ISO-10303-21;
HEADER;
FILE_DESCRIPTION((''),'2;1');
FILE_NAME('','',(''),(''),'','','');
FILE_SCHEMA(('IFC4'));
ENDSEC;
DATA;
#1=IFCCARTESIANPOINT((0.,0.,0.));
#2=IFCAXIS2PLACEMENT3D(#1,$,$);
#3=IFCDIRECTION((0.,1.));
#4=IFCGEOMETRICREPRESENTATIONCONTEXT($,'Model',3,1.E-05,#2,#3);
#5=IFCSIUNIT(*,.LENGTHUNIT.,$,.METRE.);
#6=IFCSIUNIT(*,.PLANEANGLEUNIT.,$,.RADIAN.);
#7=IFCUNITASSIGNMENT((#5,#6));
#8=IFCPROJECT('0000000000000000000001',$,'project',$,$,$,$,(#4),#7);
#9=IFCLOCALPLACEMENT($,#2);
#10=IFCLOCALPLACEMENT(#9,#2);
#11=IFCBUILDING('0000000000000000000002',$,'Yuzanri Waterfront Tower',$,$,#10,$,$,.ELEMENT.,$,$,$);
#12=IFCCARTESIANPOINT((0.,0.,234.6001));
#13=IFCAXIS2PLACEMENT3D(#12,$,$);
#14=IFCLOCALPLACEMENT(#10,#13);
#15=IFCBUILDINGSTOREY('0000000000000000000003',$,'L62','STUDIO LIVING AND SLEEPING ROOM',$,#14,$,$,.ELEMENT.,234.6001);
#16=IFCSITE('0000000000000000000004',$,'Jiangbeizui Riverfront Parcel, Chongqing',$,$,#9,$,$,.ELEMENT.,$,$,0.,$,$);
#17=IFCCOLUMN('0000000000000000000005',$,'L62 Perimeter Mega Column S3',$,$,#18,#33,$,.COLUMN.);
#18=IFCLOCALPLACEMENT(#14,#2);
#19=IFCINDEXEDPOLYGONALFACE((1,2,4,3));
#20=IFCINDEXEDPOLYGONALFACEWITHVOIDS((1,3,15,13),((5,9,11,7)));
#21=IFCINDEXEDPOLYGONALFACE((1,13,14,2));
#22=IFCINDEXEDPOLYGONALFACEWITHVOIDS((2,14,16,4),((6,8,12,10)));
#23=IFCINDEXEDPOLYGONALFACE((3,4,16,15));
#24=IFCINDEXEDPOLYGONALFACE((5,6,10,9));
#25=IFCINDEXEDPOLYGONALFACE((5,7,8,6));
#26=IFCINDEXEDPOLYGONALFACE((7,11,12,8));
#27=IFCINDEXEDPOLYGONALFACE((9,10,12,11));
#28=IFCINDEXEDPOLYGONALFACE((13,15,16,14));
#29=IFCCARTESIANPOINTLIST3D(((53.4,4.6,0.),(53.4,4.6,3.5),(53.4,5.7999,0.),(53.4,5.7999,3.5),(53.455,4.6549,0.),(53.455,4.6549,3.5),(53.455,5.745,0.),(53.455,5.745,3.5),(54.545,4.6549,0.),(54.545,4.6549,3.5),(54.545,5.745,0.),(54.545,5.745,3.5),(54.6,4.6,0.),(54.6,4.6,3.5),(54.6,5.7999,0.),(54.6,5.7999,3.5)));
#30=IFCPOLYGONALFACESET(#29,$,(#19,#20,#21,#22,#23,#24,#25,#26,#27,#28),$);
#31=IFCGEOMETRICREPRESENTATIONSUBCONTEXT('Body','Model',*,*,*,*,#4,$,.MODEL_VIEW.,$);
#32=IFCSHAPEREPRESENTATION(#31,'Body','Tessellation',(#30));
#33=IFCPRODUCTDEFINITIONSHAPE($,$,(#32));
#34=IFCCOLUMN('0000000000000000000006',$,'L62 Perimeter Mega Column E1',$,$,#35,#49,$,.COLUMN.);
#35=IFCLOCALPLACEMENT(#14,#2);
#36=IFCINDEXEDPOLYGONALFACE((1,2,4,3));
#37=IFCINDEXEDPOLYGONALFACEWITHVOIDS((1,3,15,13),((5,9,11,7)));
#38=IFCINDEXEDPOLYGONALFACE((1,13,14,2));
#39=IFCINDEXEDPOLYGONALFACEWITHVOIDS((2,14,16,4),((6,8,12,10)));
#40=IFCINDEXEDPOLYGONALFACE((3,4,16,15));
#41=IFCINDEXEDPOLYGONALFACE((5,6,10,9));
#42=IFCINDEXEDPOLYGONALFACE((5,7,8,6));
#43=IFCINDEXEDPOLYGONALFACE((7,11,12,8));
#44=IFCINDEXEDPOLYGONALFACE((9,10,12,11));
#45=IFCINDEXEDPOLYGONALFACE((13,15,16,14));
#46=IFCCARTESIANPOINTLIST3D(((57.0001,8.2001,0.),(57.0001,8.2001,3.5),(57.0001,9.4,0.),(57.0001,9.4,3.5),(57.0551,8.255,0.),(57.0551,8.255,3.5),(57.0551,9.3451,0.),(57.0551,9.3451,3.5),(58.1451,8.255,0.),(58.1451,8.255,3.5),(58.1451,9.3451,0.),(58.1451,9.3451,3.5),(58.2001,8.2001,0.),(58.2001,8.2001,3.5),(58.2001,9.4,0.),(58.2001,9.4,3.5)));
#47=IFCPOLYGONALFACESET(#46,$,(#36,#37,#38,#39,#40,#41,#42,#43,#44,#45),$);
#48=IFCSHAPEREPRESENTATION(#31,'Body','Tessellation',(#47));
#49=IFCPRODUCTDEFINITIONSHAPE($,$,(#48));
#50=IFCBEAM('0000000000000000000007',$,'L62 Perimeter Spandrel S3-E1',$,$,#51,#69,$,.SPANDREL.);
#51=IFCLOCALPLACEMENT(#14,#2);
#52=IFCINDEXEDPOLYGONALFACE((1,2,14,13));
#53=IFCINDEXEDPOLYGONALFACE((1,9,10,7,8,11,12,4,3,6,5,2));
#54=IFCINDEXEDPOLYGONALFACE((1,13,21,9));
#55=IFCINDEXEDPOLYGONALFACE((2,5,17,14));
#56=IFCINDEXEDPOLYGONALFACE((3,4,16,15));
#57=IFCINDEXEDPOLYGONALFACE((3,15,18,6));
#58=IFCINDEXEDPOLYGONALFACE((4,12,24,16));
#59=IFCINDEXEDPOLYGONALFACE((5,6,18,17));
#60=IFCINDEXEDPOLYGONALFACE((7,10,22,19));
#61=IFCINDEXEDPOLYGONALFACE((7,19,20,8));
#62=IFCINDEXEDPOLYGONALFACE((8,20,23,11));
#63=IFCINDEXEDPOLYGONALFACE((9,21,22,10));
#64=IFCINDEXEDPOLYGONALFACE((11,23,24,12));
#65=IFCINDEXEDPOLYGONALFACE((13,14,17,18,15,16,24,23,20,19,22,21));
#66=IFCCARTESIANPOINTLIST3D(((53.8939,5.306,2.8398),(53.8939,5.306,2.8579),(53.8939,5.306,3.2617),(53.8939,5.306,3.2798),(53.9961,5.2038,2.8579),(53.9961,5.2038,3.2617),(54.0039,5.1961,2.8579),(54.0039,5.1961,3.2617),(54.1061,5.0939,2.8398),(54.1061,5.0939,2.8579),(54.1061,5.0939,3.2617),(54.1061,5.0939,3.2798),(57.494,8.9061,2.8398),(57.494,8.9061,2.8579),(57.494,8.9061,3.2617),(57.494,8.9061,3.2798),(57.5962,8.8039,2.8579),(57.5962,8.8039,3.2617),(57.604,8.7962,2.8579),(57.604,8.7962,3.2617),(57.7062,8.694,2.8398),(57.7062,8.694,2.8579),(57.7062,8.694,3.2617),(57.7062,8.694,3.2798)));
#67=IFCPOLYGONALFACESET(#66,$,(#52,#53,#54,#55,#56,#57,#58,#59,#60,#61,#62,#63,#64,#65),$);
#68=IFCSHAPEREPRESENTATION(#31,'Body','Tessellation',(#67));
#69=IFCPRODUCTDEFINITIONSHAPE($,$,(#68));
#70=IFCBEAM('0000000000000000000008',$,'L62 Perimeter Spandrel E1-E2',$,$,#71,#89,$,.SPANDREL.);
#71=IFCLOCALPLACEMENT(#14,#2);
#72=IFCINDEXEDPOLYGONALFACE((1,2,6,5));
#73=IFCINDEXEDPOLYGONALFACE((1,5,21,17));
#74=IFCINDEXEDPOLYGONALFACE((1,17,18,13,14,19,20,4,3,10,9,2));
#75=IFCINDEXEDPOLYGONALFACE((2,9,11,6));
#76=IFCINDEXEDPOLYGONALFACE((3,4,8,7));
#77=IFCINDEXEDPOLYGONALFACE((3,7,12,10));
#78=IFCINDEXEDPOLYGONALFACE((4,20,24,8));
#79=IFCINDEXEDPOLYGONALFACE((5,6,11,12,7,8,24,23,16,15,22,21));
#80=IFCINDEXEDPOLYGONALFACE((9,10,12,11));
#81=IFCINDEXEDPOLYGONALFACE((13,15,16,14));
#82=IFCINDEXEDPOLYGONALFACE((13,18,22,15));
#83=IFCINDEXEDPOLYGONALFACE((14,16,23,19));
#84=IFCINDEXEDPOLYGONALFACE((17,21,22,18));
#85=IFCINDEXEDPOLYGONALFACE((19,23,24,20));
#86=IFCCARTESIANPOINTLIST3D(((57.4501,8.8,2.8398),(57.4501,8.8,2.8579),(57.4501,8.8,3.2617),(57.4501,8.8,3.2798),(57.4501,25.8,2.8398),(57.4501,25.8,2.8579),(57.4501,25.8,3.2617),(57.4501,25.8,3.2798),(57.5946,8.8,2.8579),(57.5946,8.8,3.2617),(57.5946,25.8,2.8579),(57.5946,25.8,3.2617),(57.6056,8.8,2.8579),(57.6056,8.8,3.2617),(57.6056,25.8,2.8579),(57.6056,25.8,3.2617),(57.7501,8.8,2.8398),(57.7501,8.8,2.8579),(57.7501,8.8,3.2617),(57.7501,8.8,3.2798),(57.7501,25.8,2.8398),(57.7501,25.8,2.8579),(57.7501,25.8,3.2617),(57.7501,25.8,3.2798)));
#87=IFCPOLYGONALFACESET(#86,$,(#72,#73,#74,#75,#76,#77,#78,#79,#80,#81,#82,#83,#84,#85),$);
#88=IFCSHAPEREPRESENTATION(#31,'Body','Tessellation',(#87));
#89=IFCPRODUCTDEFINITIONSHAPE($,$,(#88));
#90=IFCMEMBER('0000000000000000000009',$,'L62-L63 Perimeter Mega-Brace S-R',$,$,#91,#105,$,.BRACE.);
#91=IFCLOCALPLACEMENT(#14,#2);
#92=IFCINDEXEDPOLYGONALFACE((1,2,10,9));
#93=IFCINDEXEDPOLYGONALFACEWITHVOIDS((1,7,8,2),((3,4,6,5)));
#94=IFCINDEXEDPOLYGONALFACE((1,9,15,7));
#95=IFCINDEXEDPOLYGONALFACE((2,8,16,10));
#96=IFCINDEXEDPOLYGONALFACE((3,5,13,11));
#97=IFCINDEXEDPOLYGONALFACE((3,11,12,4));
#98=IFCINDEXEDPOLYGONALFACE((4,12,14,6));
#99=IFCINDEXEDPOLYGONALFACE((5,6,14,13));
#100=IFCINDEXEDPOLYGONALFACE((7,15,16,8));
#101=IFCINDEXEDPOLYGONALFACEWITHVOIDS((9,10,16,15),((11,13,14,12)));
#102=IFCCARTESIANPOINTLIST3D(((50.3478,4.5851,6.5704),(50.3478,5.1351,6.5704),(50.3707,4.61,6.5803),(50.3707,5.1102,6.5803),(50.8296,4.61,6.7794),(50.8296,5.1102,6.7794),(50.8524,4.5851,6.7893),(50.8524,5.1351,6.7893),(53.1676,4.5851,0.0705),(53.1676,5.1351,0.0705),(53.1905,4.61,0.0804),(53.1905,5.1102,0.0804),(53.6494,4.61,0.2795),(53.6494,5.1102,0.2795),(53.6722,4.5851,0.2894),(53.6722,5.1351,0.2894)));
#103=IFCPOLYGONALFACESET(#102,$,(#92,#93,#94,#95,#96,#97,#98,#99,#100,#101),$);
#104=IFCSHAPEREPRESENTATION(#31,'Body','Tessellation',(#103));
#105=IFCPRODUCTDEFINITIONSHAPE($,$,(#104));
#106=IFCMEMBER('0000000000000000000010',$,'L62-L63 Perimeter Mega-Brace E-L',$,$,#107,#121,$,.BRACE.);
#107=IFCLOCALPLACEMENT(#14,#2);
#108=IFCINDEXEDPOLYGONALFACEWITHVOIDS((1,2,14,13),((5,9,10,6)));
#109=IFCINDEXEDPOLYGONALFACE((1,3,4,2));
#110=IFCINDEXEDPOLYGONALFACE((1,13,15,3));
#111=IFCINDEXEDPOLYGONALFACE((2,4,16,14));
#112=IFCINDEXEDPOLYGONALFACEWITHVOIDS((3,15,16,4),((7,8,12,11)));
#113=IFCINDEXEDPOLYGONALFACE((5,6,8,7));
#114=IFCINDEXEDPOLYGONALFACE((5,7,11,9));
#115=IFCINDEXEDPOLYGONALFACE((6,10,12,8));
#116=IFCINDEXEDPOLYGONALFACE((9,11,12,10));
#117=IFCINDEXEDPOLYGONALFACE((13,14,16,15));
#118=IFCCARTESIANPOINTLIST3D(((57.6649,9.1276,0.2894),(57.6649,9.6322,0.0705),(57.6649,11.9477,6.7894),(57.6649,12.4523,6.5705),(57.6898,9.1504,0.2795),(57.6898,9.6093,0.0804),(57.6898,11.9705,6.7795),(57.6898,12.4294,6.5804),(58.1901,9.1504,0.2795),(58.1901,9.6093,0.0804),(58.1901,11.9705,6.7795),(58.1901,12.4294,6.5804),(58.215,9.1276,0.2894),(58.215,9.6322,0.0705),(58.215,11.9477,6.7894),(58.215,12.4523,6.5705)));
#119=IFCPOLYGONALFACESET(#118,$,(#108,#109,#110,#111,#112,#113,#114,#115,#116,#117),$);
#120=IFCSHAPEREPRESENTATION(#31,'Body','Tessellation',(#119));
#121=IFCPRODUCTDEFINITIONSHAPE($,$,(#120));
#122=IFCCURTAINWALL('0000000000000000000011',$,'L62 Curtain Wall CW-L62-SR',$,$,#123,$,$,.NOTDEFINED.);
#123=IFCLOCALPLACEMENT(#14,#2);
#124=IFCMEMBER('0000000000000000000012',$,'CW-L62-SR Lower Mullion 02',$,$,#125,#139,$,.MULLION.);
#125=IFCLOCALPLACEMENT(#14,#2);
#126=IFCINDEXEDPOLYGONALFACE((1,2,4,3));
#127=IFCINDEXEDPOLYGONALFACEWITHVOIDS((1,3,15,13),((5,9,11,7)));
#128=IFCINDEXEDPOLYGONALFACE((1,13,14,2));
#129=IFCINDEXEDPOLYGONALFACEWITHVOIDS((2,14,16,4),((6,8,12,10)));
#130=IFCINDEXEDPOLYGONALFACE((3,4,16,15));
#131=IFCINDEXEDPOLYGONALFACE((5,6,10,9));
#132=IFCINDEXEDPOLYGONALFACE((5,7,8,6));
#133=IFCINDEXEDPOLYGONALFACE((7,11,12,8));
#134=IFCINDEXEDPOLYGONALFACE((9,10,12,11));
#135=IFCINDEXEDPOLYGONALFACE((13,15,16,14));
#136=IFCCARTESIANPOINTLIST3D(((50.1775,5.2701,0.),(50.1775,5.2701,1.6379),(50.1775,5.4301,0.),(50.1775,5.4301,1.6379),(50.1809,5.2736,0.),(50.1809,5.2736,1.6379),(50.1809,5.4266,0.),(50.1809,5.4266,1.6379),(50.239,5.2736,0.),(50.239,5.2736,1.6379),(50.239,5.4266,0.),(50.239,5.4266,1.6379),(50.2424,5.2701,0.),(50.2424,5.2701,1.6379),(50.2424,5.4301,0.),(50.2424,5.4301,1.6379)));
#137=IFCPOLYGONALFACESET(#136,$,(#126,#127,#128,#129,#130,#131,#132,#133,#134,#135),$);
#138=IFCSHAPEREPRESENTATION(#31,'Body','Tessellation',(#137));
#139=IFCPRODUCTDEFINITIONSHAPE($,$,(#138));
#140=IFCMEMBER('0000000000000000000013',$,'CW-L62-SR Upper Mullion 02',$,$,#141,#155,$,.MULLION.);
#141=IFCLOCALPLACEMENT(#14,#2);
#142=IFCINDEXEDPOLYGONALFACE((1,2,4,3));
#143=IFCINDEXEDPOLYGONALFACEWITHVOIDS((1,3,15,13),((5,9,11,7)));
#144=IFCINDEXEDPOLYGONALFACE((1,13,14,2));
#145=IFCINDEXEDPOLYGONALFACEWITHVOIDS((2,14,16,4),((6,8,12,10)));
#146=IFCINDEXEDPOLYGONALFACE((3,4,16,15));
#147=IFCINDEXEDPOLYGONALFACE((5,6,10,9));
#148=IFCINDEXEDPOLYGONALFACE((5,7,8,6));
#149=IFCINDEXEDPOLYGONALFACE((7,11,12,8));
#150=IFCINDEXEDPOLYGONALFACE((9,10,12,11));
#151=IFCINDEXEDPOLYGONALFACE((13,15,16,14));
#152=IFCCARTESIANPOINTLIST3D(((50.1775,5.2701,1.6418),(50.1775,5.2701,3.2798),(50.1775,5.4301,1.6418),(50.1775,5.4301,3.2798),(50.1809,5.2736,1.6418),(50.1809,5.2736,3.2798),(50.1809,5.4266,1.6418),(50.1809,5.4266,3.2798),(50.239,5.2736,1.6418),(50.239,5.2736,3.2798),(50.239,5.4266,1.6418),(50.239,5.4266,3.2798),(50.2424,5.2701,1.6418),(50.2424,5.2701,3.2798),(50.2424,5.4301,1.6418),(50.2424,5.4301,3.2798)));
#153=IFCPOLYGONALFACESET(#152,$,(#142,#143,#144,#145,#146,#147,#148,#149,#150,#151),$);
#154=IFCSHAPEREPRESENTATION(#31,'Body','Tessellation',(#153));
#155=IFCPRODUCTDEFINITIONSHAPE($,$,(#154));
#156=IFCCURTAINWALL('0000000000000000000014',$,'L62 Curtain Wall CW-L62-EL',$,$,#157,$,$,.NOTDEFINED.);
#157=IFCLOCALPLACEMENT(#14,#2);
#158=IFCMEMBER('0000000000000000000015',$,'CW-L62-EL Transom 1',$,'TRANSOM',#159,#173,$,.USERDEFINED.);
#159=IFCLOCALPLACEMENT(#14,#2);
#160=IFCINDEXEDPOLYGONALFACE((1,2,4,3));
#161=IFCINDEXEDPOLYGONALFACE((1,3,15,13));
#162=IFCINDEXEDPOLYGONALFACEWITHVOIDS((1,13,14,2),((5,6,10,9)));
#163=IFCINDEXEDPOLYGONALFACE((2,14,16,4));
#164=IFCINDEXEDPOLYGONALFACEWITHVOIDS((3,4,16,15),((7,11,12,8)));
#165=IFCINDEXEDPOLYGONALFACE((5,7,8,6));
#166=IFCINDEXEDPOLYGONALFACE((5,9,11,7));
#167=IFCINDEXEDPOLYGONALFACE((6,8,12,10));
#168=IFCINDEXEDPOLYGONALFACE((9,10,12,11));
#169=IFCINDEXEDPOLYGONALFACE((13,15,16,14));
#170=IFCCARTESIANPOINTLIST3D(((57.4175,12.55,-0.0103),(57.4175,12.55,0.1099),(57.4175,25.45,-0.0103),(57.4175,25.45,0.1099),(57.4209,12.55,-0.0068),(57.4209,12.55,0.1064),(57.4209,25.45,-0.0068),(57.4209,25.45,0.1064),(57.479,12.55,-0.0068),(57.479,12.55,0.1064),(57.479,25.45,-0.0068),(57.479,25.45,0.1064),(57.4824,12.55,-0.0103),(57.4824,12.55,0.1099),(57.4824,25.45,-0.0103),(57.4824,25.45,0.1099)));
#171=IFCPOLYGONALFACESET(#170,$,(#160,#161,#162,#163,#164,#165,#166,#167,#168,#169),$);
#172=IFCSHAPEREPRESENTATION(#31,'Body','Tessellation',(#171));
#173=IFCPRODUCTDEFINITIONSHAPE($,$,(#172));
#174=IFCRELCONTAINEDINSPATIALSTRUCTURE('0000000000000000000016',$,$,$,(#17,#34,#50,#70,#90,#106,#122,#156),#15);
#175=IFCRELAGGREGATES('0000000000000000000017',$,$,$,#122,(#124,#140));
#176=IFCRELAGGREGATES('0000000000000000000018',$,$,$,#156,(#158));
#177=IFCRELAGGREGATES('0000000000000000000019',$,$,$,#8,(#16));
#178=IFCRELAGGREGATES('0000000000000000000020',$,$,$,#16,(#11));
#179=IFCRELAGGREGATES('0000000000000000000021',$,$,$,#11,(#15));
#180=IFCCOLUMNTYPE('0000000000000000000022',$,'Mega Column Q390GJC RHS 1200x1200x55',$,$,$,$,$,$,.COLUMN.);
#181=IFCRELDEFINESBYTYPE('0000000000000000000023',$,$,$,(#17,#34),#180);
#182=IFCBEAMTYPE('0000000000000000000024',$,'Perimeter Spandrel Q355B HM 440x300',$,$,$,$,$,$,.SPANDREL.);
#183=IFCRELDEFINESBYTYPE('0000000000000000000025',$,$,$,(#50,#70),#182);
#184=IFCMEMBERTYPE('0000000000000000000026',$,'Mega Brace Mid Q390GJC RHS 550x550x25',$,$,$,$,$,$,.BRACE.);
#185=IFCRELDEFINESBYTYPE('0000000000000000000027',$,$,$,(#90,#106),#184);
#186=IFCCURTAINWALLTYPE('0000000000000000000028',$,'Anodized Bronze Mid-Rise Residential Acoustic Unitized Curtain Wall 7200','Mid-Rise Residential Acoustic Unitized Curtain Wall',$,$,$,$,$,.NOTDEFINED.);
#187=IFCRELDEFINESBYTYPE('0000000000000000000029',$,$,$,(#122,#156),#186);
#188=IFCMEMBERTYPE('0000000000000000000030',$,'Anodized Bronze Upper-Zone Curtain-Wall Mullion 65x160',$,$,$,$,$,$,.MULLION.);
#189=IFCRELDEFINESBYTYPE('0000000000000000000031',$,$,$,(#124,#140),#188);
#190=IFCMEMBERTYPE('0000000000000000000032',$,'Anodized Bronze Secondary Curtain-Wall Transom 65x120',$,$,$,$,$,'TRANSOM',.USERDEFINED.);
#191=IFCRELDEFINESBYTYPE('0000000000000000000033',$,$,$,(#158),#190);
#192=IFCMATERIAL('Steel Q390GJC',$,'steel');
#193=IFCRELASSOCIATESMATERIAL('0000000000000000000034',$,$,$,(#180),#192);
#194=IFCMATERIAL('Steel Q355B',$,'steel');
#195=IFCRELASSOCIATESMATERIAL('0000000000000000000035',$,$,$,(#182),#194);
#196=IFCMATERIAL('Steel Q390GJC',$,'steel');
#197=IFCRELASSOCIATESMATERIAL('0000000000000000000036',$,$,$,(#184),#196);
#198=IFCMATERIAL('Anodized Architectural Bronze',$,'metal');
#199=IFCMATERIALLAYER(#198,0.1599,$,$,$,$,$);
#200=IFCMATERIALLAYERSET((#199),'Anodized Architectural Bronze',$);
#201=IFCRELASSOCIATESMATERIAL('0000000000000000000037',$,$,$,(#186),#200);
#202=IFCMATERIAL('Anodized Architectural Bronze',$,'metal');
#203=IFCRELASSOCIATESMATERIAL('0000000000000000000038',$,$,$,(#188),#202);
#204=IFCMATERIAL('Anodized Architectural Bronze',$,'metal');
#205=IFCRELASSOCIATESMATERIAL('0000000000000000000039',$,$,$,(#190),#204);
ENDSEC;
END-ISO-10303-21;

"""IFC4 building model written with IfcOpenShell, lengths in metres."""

from ifc_helpers import new_model, si_unit, direction, frame, origin, origin_2d, place, context, subcontext, project, spatial, hollow_rectangle, i_section, extrude, source, transform, mapped, material, layer, layer_set, material_profile, profile_set, type_object, element, aggregate, save


model = new_model("IFC4")

# Units and contexts
model_context = context("Model", 3, precision=1e-05, world=origin(), true_north=direction((0.0, 1.0)))
body_context = subcontext(model_context, "Body", "Model", "MODEL_VIEW")
ifc_project = project(units=[si_unit("LENGTHUNIT", "METRE"), si_unit("PLANEANGLEUNIT", "RADIAN")], contexts=[model_context])

# Site, building, storey
site_placement = place(None, origin())
site = spatial("IfcSite", under=ifc_project, at=site_placement, Name="Jiangbeizui Riverfront Parcel, Chongqing", CompositionType="ELEMENT", RefElevation=0.0)
building_placement = place(site_placement, origin())
building = spatial("IfcBuilding", under=site, at=building_placement, Name="Yuzanri Waterfront Tower", CompositionType="ELEMENT")
storey_placement = place(building_placement, frame((0.0, 0.0, 234.6001)))
storey = spatial("IfcBuildingStorey", under=building, at=storey_placement, Name="L62", Description="STUDIO LIVING AND SLEEPING ROOM", CompositionType="ELEMENT", Elevation=234.6001)

# Columns
ifc_material_1 = material(Name="Steel Q390GJC", Category="steel")
ifc_material_profile_1 = material_profile(ifc_material_1, hollow_rectangle(XDim=1.2, YDim=1.2, WallThickness=0.0549, at=origin_2d()), Name="RHS 1200x1200x55")
ifc_profile_set_1 = profile_set([ifc_material_profile_1], Name="Steel Q390GJC")
column_type = type_object("IfcColumnType", Name="Mega Column Q390GJC RHS 1200x1200x55", PredefinedType="COLUMN", material=ifc_profile_set_1)
shared_shape_1 = source(origin(), body_context, "Body", "SweptSolid", [
    extrude(hollow_rectangle(XDim=1.2, YDim=1.2, WallThickness=0.0549, at=origin_2d()), origin(), (0.0, 0.0, 1.0), 3.5),
])
for number, where, z_axis, x_axis, name in (
    (1, (54.0, 5.2, 0.0), (0.0, 0.0, 1.0), (1.0, 0.0, 0.0), "L62 Perimeter Mega Column S3"),
    (2, (57.6001, 8.8, 0.0), (0.0, 0.0, 1.0), (1.0, 0.0, 0.0), "L62 Perimeter Mega Column E1"),
):
    element("IfcColumn", number, at=place(storey_placement, frame(where, z_axis=z_axis, x_axis=x_axis)), inside=storey, type_object=column_type, Name=name, PredefinedType="COLUMN", context=body_context, shape_type="MappedRepresentation", body=[
        mapped(shared_shape_1, transform((0.0, 0.0, 0.0), scale=1.0)),
    ])

# Beams
ifc_material_2 = material(Name="Steel Q355B", Category="steel")
ifc_material_profile_2 = material_profile(ifc_material_2, i_section(OverallWidth=0.3, OverallDepth=0.4399, WebThickness=0.011, FlangeThickness=0.0181, at=origin_2d()), Name="HM 440x300x11x18")
ifc_profile_set_2 = profile_set([ifc_material_profile_2], Name="Steel Q355B")
beam_type = type_object("IfcBeamType", Name="Perimeter Spandrel Q355B HM 440x300", PredefinedType="SPANDREL", material=ifc_profile_set_2)
shared_shape_2 = source(origin(), body_context, "Body", "SweptSolid", [
    extrude(i_section(OverallWidth=0.3, OverallDepth=0.4399, WebThickness=0.011, FlangeThickness=0.0181, at=origin_2d()), origin(), (0.0, 0.0, 1.0), 5.0913),
])
beam_1_placement = place(storey_placement, frame((54.0, 5.2, 3.0598), z_axis=(0.707107, 0.707107, 0.0), x_axis=(-0.707107, 0.707107, 0.0)))
element("IfcBeam", 3, at=beam_1_placement, inside=storey, type_object=beam_type, Name="L62 Perimeter Spandrel S3-E1", PredefinedType="SPANDREL", context=body_context, shape_type="MappedRepresentation", body=[
    mapped(shared_shape_2, transform((0.0, 0.0, 0.0), scale=1.0)),
])
shared_shape_3 = source(origin(), body_context, "Body", "SweptSolid", [
    extrude(i_section(OverallWidth=0.3, OverallDepth=0.4399, WebThickness=0.011, FlangeThickness=0.0181, at=origin_2d()), origin(), (0.0, 0.0, 1.0), 17.0),
])
beam_2_placement = place(storey_placement, frame((57.6001, 8.8, 3.0598), z_axis=(0.0, 1.0, 0.0), x_axis=(-1.0, 0.0, 0.0)))
element("IfcBeam", 4, at=beam_2_placement, inside=storey, type_object=beam_type, Name="L62 Perimeter Spandrel E1-E2", PredefinedType="SPANDREL", context=body_context, shape_type="MappedRepresentation", body=[
    mapped(shared_shape_3, transform((0.0, 0.0, 0.0), scale=1.0)),
])

# Members
ifc_material_3 = material(Name="Steel Q390GJC", Category="steel")
ifc_material_profile_3 = material_profile(ifc_material_3, hollow_rectangle(XDim=0.55, YDim=0.55, WallThickness=0.0249, at=origin_2d()), Name="RHS 550x550x25")
ifc_profile_set_3 = profile_set([ifc_material_profile_3], Name="Steel Q390GJC")
member_type_1 = type_object("IfcMemberType", Name="Mega Brace Mid Q390GJC RHS 550x550x25", PredefinedType="BRACE", material=ifc_profile_set_3)
shared_shape_4 = source(origin(), body_context, "Body", "SweptSolid", [
    extrude(hollow_rectangle(XDim=0.55, YDim=0.55, WallThickness=0.0249, at=origin_2d()), origin(), (0.0, 0.0, 1.0), 7.0852),
])
member_1_placement = place(storey_placement, frame((53.4199, 4.8601, 0.1799), z_axis=(-0.397983, 0.0, 0.917393), x_axis=(0.0, -1.0, 0.0)))
element("IfcMember", 5, at=member_1_placement, inside=storey, type_object=member_type_1, Name="L62-L63 Perimeter Mega-Brace S-R", PredefinedType="BRACE", context=body_context, shape_type="MappedRepresentation", body=[
    mapped(shared_shape_4, transform((0.0, 0.0, 0.0), scale=1.0)),
])
shared_shape_5 = source(origin(), body_context, "Body", "SweptSolid", [
    extrude(hollow_rectangle(XDim=0.55, YDim=0.55, WallThickness=0.0249, at=origin_2d()), origin(), (0.0, 0.0, 1.0), 7.0854),
])
member_2_placement = place(storey_placement, frame((57.9399, 9.3799, 0.1799), z_axis=(0.0, 0.398012, 0.91738), x_axis=(-1.0, 0.0, 0.0)))
element("IfcMember", 6, at=member_2_placement, inside=storey, type_object=member_type_1, Name="L62-L63 Perimeter Mega-Brace E-L", PredefinedType="BRACE", context=body_context, shape_type="MappedRepresentation", body=[
    mapped(shared_shape_5, transform((0.0, 0.0, 0.0), scale=1.0)),
])

# Curtain walls, members
ifc_material_4 = material(Name="Anodized Architectural Bronze", Category="metal")
ifc_layer_1 = layer(ifc_material_4, 0.1599)
ifc_layer_set_1 = layer_set([ifc_layer_1], Name="Anodized Architectural Bronze")
curtain_wall_type = type_object("IfcCurtainWallType", Name="Anodized Bronze Mid-Rise Residential Acoustic Unitized Curtain Wall 7200", Description="Mid-Rise Residential Acoustic Unitized Curtain Wall", PredefinedType="NOTDEFINED", material=ifc_layer_set_1)
curtain_wall_1_placement = place(storey_placement, origin())
curtain_wall_1 = element("IfcCurtainWall", 7, at=curtain_wall_1_placement, inside=storey, type_object=curtain_wall_type, Name="L62 Curtain Wall CW-L62-SR", PredefinedType="NOTDEFINED")
ifc_material_5 = material(Name="Anodized Architectural Bronze", Category="metal")
ifc_material_profile_4 = material_profile(ifc_material_5, hollow_rectangle(XDim=0.0649, YDim=0.1599, WallThickness=0.0034, at=origin_2d()), Name="CWM 65x160")
ifc_profile_set_4 = profile_set([ifc_material_profile_4], Name="Anodized Architectural Bronze")
member_type_2 = type_object("IfcMemberType", Name="Anodized Bronze Upper-Zone Curtain-Wall Mullion 65x160", PredefinedType="MULLION", material=ifc_profile_set_4)
shared_shape_6 = source(origin(), body_context, "Body", "SweptSolid", [
    extrude(hollow_rectangle(XDim=0.0649, YDim=0.1599, WallThickness=0.0034, at=origin_2d()), origin(), (0.0, 0.0, 1.0), 1.6379),
])
member_3_placement = place(storey_placement, frame((50.21, 5.3501, 0.0), z_axis=(0.0, 0.0, 1.0), x_axis=(1.0, 0.0, 0.0)))
member_3 = element("IfcMember", 8, at=member_3_placement, type_object=member_type_2, Name="CW-L62-SR Lower Mullion 02", PredefinedType="MULLION", context=body_context, shape_type="MappedRepresentation", body=[
    mapped(shared_shape_6, transform((0.0, 0.0, 0.0), scale=1.0)),
])
member_4_placement = place(storey_placement, frame((50.21, 5.3501, 1.6418), z_axis=(0.0, 0.0, 1.0), x_axis=(1.0, 0.0, 0.0)))
member_4 = element("IfcMember", 9, at=member_4_placement, type_object=member_type_2, Name="CW-L62-SR Upper Mullion 02", PredefinedType="MULLION", context=body_context, shape_type="MappedRepresentation", body=[
    mapped(shared_shape_6, transform((0.0, 0.0, 0.0), scale=1.0)),
])
aggregate(curtain_wall_1, [member_3, member_4])
curtain_wall_2_placement = place(storey_placement, origin())
curtain_wall_2 = element("IfcCurtainWall", 10, at=curtain_wall_2_placement, inside=storey, type_object=curtain_wall_type, Name="L62 Curtain Wall CW-L62-EL", PredefinedType="NOTDEFINED")
ifc_material_6 = material(Name="Anodized Architectural Bronze", Category="metal")
ifc_material_profile_5 = material_profile(ifc_material_6, hollow_rectangle(XDim=0.0649, YDim=0.1201, WallThickness=0.0034, at=origin_2d()), Name="CWT 65x120")
ifc_profile_set_5 = profile_set([ifc_material_profile_5], Name="Anodized Architectural Bronze")
member_type_3 = type_object("IfcMemberType", Name="Anodized Bronze Secondary Curtain-Wall Transom 65x120", ElementType="TRANSOM", PredefinedType="USERDEFINED", material=ifc_profile_set_5)
shared_shape_7 = source(origin(), body_context, "Body", "SweptSolid", [
    extrude(hollow_rectangle(XDim=0.0649, YDim=0.1201, WallThickness=0.0034, at=origin_2d()), origin(), (0.0, 0.0, 1.0), 12.8999),
])
member_5_placement = place(storey_placement, frame((57.45, 12.55, 0.0498), z_axis=(0.0, 1.0, 0.0), x_axis=(-1.0, 0.0, 0.0)))
member_5 = element("IfcMember", 11, at=member_5_placement, type_object=member_type_3, Name="CW-L62-EL Transom 1", ObjectType="TRANSOM", PredefinedType="USERDEFINED", context=body_context, shape_type="MappedRepresentation", body=[
    mapped(shared_shape_7, transform((0.0, 0.0, 0.0), scale=1.0)),
])
aggregate(curtain_wall_2, [member_5])

save(model, "model.ifc")
